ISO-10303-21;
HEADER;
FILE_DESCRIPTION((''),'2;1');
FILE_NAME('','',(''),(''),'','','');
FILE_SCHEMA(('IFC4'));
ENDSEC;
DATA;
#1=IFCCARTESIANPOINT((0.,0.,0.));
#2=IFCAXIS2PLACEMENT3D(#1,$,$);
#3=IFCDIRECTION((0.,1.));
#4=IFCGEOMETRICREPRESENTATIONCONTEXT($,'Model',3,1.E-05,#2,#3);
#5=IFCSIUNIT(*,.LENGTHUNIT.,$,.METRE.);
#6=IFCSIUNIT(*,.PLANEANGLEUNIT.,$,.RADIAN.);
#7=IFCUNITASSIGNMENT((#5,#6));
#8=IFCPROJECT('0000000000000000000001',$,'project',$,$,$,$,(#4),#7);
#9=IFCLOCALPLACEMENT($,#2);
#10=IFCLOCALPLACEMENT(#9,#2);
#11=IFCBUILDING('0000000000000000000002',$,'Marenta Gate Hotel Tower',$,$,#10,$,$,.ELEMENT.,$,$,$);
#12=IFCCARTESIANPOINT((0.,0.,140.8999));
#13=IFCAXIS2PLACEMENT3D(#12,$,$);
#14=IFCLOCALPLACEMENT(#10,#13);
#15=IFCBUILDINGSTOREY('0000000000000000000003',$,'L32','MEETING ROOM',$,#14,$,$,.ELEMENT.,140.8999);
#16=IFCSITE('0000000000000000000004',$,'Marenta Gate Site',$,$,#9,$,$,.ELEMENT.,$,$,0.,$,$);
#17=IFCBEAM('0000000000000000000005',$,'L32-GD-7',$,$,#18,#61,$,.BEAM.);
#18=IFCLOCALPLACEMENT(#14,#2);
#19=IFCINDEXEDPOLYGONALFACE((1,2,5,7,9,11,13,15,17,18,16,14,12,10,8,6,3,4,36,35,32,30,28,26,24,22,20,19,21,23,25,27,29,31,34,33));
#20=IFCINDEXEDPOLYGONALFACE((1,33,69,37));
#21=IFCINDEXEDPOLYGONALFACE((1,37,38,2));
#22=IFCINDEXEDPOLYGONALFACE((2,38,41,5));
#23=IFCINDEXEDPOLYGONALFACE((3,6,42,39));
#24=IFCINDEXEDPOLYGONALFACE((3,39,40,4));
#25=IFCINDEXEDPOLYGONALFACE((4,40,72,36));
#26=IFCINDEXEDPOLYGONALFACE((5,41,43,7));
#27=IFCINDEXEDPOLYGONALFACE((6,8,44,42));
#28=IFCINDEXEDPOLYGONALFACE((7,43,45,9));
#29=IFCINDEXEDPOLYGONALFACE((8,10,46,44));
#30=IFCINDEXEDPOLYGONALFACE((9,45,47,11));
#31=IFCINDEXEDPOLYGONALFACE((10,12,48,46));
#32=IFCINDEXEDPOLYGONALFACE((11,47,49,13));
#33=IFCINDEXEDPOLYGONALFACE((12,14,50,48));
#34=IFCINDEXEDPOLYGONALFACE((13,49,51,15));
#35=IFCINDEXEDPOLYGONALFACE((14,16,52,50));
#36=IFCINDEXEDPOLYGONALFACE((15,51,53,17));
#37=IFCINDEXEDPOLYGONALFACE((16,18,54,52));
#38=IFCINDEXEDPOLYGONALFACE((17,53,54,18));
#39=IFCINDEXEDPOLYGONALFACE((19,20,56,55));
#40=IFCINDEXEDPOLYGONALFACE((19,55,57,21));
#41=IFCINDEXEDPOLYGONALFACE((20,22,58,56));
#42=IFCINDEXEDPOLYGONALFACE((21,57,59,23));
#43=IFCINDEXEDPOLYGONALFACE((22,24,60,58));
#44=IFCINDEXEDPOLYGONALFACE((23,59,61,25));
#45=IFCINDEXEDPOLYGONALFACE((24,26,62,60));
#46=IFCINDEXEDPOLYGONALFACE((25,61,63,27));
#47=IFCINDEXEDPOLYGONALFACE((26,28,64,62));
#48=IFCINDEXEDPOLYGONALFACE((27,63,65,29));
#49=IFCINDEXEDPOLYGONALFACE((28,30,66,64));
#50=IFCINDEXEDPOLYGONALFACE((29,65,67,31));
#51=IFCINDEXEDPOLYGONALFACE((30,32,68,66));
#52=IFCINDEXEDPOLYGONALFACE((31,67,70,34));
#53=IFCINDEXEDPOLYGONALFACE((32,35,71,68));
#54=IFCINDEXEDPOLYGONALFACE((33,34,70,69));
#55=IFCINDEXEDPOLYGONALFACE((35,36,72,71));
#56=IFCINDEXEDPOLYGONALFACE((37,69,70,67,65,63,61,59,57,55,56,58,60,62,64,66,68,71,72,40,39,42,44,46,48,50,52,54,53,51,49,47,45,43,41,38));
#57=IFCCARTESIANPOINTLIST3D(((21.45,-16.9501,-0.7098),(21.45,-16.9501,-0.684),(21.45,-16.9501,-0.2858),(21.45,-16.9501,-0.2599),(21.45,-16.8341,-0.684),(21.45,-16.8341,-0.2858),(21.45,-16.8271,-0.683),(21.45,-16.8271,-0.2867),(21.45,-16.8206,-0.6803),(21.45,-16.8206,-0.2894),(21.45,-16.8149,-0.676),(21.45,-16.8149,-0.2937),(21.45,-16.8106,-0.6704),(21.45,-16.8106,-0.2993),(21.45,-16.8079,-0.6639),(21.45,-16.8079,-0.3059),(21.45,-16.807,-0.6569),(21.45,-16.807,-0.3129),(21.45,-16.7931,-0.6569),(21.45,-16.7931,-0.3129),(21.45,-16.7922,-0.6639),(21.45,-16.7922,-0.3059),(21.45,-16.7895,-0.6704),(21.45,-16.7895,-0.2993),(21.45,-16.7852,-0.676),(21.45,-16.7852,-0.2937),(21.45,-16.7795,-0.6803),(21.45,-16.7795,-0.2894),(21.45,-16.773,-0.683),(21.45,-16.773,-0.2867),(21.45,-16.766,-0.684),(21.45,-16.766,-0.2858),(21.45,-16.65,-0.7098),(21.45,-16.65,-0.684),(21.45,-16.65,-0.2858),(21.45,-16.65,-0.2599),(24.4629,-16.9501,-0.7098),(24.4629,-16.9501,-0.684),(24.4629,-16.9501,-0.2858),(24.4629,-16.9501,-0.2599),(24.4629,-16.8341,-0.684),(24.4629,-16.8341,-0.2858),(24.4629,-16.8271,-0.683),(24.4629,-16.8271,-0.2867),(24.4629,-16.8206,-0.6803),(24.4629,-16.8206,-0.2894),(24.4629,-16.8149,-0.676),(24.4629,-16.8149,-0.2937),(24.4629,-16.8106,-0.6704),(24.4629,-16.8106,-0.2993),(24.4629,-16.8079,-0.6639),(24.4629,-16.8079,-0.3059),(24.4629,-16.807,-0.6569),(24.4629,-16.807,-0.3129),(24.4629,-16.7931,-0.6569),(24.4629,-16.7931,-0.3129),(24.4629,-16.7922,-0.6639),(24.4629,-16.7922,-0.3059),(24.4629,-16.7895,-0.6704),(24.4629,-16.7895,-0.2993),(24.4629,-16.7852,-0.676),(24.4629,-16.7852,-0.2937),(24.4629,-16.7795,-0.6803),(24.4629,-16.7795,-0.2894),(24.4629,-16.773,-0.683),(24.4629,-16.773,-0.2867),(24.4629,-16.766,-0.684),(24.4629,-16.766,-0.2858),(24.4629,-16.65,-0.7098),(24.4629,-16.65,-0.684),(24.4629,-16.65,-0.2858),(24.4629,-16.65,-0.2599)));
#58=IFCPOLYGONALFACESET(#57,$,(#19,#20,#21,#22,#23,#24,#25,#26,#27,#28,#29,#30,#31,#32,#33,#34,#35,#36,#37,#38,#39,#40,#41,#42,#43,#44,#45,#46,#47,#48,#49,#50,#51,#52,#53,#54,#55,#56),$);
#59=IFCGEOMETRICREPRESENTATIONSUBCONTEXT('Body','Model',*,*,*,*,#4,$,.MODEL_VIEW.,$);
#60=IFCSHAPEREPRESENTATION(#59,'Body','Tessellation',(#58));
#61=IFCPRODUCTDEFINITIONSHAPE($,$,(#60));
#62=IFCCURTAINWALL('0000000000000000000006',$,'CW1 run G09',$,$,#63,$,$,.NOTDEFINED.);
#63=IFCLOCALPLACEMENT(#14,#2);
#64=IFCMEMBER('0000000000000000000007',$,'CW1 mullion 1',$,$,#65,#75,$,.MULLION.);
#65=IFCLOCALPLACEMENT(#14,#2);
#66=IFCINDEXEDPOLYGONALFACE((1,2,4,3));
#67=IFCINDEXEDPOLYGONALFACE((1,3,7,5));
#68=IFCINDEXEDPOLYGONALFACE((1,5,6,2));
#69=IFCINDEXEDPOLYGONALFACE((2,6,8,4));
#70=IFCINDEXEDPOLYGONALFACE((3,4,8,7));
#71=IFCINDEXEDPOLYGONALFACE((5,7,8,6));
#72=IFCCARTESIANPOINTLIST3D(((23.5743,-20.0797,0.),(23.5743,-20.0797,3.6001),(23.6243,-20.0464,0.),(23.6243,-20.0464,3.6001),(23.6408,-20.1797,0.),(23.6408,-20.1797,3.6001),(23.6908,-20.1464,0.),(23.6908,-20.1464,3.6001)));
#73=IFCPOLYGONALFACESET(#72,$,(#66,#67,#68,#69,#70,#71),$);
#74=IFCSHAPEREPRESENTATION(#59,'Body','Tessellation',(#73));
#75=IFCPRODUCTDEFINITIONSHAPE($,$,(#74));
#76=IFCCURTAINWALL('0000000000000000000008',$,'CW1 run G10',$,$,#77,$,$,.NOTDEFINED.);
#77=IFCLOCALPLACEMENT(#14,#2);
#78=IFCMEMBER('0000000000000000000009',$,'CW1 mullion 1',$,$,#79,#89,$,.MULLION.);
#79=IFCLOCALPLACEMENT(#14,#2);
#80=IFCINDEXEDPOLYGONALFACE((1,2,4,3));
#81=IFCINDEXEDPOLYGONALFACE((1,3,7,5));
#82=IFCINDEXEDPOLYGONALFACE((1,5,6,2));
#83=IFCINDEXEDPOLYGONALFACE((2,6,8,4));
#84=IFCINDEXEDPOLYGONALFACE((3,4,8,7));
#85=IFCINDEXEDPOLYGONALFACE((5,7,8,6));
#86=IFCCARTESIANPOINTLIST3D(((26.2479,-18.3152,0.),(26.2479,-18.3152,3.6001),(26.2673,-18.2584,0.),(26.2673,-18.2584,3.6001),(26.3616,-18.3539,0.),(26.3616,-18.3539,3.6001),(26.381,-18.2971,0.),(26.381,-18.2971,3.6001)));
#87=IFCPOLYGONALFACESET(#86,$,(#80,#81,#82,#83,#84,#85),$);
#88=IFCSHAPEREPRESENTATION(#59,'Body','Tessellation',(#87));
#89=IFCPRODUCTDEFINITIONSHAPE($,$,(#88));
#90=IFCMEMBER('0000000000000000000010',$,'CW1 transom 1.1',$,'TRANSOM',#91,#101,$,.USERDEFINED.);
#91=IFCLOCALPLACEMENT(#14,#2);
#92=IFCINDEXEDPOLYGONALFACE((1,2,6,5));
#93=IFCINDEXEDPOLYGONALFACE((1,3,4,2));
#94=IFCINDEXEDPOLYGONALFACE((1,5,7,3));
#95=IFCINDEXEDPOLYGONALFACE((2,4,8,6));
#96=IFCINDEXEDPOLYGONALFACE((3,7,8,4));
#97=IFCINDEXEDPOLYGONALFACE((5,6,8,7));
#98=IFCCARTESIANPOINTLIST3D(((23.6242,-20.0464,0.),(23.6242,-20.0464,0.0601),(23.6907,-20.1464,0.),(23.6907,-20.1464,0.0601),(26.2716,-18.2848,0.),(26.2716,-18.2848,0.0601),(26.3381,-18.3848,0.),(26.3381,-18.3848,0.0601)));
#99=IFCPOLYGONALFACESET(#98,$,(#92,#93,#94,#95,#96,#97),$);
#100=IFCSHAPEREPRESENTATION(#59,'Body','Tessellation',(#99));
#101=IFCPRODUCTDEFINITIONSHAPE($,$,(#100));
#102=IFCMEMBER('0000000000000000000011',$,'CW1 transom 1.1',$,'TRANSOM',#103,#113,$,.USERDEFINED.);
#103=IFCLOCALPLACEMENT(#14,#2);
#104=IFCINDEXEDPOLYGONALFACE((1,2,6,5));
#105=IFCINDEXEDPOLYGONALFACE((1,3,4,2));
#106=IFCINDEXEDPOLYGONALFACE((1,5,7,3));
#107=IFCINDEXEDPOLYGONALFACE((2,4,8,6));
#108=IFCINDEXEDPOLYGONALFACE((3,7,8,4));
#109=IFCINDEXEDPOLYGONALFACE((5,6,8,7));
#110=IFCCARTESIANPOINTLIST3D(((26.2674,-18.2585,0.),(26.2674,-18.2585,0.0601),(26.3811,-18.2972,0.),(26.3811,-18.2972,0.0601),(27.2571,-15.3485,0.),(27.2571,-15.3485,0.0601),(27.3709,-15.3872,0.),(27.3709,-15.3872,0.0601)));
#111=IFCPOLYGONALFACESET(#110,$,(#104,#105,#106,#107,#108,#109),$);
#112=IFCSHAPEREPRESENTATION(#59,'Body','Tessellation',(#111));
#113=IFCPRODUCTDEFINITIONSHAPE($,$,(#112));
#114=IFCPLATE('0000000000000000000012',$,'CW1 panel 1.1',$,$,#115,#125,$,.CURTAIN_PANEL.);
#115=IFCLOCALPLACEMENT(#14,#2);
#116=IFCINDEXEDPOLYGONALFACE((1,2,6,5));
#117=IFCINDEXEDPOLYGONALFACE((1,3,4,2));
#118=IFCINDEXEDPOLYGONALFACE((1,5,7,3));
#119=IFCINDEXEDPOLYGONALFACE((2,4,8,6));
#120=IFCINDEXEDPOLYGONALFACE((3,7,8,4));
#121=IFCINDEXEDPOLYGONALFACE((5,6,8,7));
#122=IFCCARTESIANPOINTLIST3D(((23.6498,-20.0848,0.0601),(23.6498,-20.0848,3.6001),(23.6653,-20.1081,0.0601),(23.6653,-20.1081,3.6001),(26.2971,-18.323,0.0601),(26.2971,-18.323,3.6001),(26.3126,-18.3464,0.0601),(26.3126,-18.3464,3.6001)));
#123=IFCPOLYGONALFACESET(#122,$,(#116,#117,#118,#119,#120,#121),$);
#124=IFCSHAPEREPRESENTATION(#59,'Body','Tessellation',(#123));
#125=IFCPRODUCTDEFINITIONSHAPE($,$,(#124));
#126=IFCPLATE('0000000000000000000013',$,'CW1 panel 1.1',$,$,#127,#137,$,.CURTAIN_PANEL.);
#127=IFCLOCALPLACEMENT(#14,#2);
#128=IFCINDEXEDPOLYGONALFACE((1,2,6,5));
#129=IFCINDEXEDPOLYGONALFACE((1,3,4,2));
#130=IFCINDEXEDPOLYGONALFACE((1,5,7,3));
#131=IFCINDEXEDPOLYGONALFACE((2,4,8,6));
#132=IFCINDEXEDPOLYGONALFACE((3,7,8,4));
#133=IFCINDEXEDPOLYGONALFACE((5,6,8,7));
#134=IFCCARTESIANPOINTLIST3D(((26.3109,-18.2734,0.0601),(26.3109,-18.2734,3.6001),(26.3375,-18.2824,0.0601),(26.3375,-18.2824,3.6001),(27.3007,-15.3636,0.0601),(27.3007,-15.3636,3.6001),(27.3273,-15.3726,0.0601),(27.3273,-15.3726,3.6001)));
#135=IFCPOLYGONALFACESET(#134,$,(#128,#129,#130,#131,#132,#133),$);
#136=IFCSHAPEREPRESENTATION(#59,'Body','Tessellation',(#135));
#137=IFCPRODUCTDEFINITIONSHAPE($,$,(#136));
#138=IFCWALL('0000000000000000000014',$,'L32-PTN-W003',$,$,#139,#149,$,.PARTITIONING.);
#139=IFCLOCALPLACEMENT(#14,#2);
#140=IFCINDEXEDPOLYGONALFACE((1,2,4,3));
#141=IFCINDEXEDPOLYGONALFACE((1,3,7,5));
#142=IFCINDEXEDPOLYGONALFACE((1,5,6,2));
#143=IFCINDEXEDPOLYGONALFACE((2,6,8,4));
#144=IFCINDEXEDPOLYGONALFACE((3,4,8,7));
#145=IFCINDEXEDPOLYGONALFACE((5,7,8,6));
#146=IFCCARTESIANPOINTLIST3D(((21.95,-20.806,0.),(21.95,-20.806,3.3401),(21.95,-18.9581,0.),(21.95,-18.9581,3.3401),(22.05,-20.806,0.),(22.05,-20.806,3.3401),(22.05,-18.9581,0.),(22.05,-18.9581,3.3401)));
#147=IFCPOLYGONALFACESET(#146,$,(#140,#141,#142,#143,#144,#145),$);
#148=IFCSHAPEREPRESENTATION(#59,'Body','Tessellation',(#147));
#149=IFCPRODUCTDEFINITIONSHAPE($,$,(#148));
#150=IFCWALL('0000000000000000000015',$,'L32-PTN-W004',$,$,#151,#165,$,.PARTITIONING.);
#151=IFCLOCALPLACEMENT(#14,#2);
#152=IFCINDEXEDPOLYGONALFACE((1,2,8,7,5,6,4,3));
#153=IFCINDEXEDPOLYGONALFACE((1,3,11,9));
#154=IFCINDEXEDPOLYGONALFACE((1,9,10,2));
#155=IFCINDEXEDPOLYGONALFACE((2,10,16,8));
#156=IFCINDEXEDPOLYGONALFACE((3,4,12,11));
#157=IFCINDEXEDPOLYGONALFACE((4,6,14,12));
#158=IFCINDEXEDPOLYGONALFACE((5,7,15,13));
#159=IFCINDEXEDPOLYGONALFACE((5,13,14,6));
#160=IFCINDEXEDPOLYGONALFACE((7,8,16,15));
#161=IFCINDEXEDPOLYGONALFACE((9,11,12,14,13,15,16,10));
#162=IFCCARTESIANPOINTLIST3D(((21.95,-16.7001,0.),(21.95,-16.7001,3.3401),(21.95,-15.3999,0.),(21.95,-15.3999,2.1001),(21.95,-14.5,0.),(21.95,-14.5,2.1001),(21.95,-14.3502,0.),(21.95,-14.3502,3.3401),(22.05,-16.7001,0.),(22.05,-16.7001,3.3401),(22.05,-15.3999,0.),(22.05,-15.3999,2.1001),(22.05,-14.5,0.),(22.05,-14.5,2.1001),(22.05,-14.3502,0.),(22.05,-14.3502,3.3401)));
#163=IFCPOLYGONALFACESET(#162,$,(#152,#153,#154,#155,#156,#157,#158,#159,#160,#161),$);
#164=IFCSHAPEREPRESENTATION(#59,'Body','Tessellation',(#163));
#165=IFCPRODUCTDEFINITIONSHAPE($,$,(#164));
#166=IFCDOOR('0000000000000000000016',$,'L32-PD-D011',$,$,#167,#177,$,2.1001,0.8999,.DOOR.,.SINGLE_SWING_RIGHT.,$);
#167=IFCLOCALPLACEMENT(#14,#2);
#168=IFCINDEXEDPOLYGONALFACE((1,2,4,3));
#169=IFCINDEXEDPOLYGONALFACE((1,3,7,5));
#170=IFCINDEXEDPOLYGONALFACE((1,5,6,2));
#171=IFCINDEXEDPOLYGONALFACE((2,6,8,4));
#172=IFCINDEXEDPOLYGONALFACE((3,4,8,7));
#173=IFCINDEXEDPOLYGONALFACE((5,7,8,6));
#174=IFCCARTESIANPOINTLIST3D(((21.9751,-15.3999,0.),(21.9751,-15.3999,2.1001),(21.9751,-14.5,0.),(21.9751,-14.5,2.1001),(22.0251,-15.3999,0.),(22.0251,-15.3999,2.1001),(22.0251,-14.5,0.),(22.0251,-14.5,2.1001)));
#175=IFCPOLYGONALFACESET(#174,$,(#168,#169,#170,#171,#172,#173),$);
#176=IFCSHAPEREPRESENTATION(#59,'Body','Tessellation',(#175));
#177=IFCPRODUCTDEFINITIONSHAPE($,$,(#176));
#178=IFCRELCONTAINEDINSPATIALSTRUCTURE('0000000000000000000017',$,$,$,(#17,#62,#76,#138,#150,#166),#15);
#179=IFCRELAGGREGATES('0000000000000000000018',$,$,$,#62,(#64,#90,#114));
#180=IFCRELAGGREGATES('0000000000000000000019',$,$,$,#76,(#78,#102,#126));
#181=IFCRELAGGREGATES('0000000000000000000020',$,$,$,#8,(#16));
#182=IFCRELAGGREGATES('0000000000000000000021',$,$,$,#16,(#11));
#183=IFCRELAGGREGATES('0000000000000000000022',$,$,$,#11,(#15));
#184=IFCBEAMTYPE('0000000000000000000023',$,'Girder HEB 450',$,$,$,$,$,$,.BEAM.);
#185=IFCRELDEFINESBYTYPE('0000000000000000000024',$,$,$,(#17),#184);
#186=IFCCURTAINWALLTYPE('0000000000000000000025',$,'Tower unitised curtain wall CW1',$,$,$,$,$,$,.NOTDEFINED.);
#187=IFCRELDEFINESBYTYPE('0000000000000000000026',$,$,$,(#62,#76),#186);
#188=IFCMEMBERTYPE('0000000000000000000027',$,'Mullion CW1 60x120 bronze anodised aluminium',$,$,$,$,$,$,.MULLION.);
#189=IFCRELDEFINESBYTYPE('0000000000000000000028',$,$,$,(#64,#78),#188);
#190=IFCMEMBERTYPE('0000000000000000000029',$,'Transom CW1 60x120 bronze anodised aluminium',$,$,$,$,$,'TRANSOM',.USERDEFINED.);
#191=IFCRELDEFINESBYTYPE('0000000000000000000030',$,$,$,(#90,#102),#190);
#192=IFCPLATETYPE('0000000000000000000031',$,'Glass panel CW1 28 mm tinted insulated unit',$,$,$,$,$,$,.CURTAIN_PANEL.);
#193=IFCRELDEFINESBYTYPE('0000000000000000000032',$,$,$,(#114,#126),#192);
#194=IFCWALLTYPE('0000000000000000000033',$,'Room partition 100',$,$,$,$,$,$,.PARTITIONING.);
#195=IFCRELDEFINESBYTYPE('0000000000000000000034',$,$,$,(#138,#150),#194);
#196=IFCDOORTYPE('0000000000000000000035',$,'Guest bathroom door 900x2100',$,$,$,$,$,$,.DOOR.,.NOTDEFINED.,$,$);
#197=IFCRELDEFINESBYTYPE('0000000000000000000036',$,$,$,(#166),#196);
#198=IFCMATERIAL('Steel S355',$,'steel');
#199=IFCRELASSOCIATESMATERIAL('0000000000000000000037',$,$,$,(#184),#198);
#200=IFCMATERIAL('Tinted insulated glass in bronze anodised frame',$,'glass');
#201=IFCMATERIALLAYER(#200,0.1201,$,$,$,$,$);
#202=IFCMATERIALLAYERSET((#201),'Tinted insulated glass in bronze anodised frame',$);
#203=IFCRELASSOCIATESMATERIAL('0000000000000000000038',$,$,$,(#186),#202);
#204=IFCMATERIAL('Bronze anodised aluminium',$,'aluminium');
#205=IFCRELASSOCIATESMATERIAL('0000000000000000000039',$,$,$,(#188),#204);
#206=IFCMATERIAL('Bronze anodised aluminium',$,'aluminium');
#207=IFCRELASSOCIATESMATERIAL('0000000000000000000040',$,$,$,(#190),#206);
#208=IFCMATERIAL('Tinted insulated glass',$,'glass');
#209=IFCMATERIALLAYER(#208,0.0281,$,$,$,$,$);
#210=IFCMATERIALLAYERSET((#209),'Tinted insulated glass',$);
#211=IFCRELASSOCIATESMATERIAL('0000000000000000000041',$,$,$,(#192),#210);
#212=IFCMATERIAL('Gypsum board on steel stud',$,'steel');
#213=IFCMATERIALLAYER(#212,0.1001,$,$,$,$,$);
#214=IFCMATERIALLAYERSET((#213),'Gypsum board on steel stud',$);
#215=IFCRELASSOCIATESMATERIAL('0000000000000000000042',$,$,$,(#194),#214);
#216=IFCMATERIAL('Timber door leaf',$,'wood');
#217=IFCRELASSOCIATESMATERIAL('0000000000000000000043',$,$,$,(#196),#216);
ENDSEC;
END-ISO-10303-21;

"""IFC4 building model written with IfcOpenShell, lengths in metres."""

from ifc_helpers import new_model, si_unit, direction, frame, frame_2d, origin, origin_2d, place, context, subcontext, project, spatial, rectangle, i_section, extrude, material, layer, layer_set, material_profile, profile_set, type_object, element, fill, aggregate, save


model = new_model("IFC4")

# Units and contexts
model_context = context("Model", 3, precision=1e-05, world=origin(), true_north=direction((0.0, 1.0)))
body_context = subcontext(model_context, "Body", "Model", "MODEL_VIEW")
ifc_project = project(units=[si_unit("LENGTHUNIT", "METRE"), si_unit("PLANEANGLEUNIT", "RADIAN")], contexts=[model_context])

# Site, building, storey
site_placement = place(None, origin())
site = spatial("IfcSite", under=ifc_project, at=site_placement, Name="Marenta Gate Site", CompositionType="ELEMENT", RefElevation=0.0)
building_placement = place(site_placement, origin())
building = spatial("IfcBuilding", under=site, at=building_placement, Name="Marenta Gate Hotel Tower", CompositionType="ELEMENT")
storey_placement = place(building_placement, frame((0.0, 0.0, 140.8999)))
storey = spatial("IfcBuildingStorey", under=building, at=storey_placement, Name="L32", Description="MEETING ROOM", CompositionType="ELEMENT", Elevation=140.8999)

# Beam
ifc_material_1 = material(Name="Steel S355", Category="steel")
ifc_material_profile_1 = material_profile(ifc_material_1, i_section(OverallWidth=0.3, OverallDepth=0.45, WebThickness=0.0139, FlangeThickness=0.0259, FilletRadius=0.0271, at=origin_2d()), Name="HEB 450")
ifc_profile_set_1 = profile_set([ifc_material_profile_1], Name="Steel S355")
beam_type_1 = type_object("IfcBeamType", Name="Girder HEB 450", PredefinedType="BEAM", material=ifc_profile_set_1)
beam_1_placement = place(storey_placement, frame((21.45, -16.8, -0.4849), z_axis=(1.0, 0.0, 0.0), x_axis=(0.0, 1.0, 0.0)))
element("IfcBeam", 1, at=beam_1_placement, inside=storey, type_object=beam_type_1, Name="L32-GD-7", PredefinedType="BEAM", context=body_context, shape_type="SweptSolid", body=[
    extrude(i_section(OverallWidth=0.3, OverallDepth=0.45, WebThickness=0.0139, FlangeThickness=0.0259, FilletRadius=0.0271, at=origin_2d()), origin(), (0.0, 0.0, 1.0), 3.0129),
])

# Curtain walls, members
ifc_material_2 = material(Name="Tinted insulated glass in bronze anodised frame", Category="glass")
ifc_layer_1 = layer(ifc_material_2, 0.1201)
ifc_layer_set_1 = layer_set([ifc_layer_1], Name="Tinted insulated glass in bronze anodised frame")
curtain_wall_type = type_object("IfcCurtainWallType", Name="Tower unitised curtain wall CW1", PredefinedType="NOTDEFINED", material=ifc_layer_set_1)
curtain_wall_1_placement = place(storey_placement, origin())
curtain_wall_1 = element("IfcCurtainWall", 2, at=curtain_wall_1_placement, inside=storey, type_object=curtain_wall_type, Name="CW1 run G09", PredefinedType="NOTDEFINED")
ifc_material_3 = material(Name="Bronze anodised aluminium", Category="aluminium")
ifc_material_profile_2 = material_profile(ifc_material_3, rectangle(XDim=0.1201, YDim=0.0601, at=origin_2d()), Name="Mullion CW1 60x120 bronze anodised aluminium")
ifc_profile_set_2 = profile_set([ifc_material_profile_2], Name="Bronze anodised aluminium")
member_type_1 = type_object("IfcMemberType", Name="Mullion CW1 60x120 bronze anodised aluminium", PredefinedType="MULLION", material=ifc_profile_set_2)
member_1_placement = place(storey_placement, frame((23.6326, -20.113, 0.0), z_axis=(0.0, 0.0, 1.0), x_axis=(-0.554016, 0.832506, 0.0)))
member_1 = element("IfcMember", 3, at=member_1_placement, type_object=member_type_1, Name="CW1 mullion 1", PredefinedType="MULLION", context=body_context, shape_type="SweptSolid", body=[
    extrude(rectangle(XDim=0.1201, YDim=0.0601, at=origin_2d()), origin(), (0.0, 0.0, 1.0), 3.6001),
])
curtain_wall_2_placement = place(storey_placement, origin())
curtain_wall_2 = element("IfcCurtainWall", 4, at=curtain_wall_2_placement, inside=storey, type_object=curtain_wall_type, Name="CW1 run G10", PredefinedType="NOTDEFINED")
member_2_placement = place(storey_placement, frame((26.3145, -18.3062, 0.0), z_axis=(0.0, 0.0, 1.0), x_axis=(-0.946728, 0.322033, 0.0)))
member_2 = element("IfcMember", 5, at=member_2_placement, type_object=member_type_1, Name="CW1 mullion 1", PredefinedType="MULLION", context=body_context, shape_type="SweptSolid", body=[
    extrude(rectangle(XDim=0.1201, YDim=0.0601, at=origin_2d()), origin(), (0.0, 0.0, 1.0), 3.6001),
])

# Members
ifc_material_4 = material(Name="Bronze anodised aluminium", Category="aluminium")
ifc_material_profile_3 = material_profile(ifc_material_4, rectangle(XDim=0.1201, YDim=0.0601, at=origin_2d()), Name="Transom CW1 60x120 bronze anodised aluminium")
ifc_profile_set_3 = profile_set([ifc_material_profile_3], Name="Bronze anodised aluminium")
member_type_2 = type_object("IfcMemberType", Name="Transom CW1 60x120 bronze anodised aluminium", ElementType="TRANSOM", PredefinedType="USERDEFINED", material=ifc_profile_set_3)
member_3_placement = place(storey_placement, frame((23.6575, -20.0964, 0.03), z_axis=(0.832522, 0.553991, 0.0), x_axis=(-0.553991, 0.832522, 0.0)))
member_3 = element("IfcMember", 6, at=member_3_placement, type_object=member_type_2, Name="CW1 transom 1.1", ObjectType="TRANSOM", PredefinedType="USERDEFINED", context=body_context, shape_type="SweptSolid", body=[
    extrude(rectangle(XDim=0.1201, YDim=0.0601, at=origin_2d()), origin(), (0.0, 0.0, 1.0), 3.1799),
])
member_4_placement = place(storey_placement, frame((26.3242, -18.2778, 0.03), z_axis=(0.322012, 0.946735, 0.0), x_axis=(-0.946735, 0.322012, 0.0)))
member_4 = element("IfcMember", 7, at=member_4_placement, type_object=member_type_2, Name="CW1 transom 1.1", ObjectType="TRANSOM", PredefinedType="USERDEFINED", context=body_context, shape_type="SweptSolid", body=[
    extrude(rectangle(XDim=0.1201, YDim=0.0601, at=origin_2d()), origin(), (0.0, 0.0, 1.0), 3.0737),
])

# Plates
ifc_material_5 = material(Name="Tinted insulated glass", Category="glass")
ifc_layer_2 = layer(ifc_material_5, 0.0281)
ifc_layer_set_2 = layer_set([ifc_layer_2], Name="Tinted insulated glass")
plate_type = type_object("IfcPlateType", Name="Glass panel CW1 28 mm tinted insulated unit", PredefinedType="CURTAIN_PANEL", material=ifc_layer_set_2)
plate_1_placement = place(storey_placement, frame((24.9812, -19.2156, 0.0601), z_axis=(0.0, 0.0, 1.0), x_axis=(0.832506, 0.554016, 0.0)))
plate_1 = element("IfcPlate", 8, at=plate_1_placement, type_object=plate_type, Name="CW1 panel 1.1", PredefinedType="CURTAIN_PANEL", context=body_context, shape_type="SweptSolid", body=[
    extrude(rectangle(XDim=3.1799, YDim=0.0281, at=origin_2d()), origin(), (0.0, 0.0, 1.0), 3.54),
])
aggregate(curtain_wall_1, [member_1, member_3, plate_1])
plate_2_placement = place(storey_placement, frame((26.8191, -16.823, 0.0601), z_axis=(0.0, 0.0, 1.0), x_axis=(0.322033, 0.946728, 0.0)))
plate_2 = element("IfcPlate", 9, at=plate_2_placement, type_object=plate_type, Name="CW1 panel 1.1", PredefinedType="CURTAIN_PANEL", context=body_context, shape_type="SweptSolid", body=[
    extrude(rectangle(XDim=3.0735, YDim=0.0281, at=origin_2d()), origin(), (0.0, 0.0, 1.0), 3.54),
])
aggregate(curtain_wall_2, [member_2, member_4, plate_2])

# Wall
ifc_material_6 = material(Name="Gypsum board on steel stud", Category="steel")
ifc_layer_3 = layer(ifc_material_6, 0.1001)
ifc_layer_set_3 = layer_set([ifc_layer_3], Name="Gypsum board on steel stud")
wall_type_1 = type_object("IfcWallType", Name="Room partition 100", PredefinedType="PARTITIONING", material=ifc_layer_set_3)
wall_1_placement = place(storey_placement, frame((22.0, -20.8059, 0.0), z_axis=(0.0, 0.0, 1.0), x_axis=(0.0, 1.0, 0.0)))
element("IfcWall", 10, at=wall_1_placement, inside=storey, type_object=wall_type_1, Name="L32-PTN-W003", PredefinedType="PARTITIONING", context=body_context, shape_type="SweptSolid", body=[
    extrude(rectangle(XDim=1.8479, YDim=0.1001, at=frame_2d((0.9238, 0.0))), origin(), (0.0, 0.0, 1.0), 3.3401),
])

# Wall, opening, door
wall_2_placement = place(storey_placement, frame((22.0, -16.7, 0.0), z_axis=(0.0, 0.0, 1.0), x_axis=(0.0, 1.0, 0.0)))
wall_2 = element("IfcWall", 11, at=wall_2_placement, inside=storey, type_object=wall_type_1, Name="L32-PTN-W004", PredefinedType="PARTITIONING", context=body_context, shape_type="SweptSolid", body=[
    extrude(rectangle(XDim=2.3499, YDim=0.1001, at=frame_2d((1.1748, 0.0))), origin(), (0.0, 0.0, 1.0), 3.3401),
])
opening_placement = place(wall_2_placement, frame((1.3, 0.0, 0.0)))
opening = element("IfcOpeningElement", 12, at=opening_placement, cuts=wall_2, PredefinedType="OPENING", context=body_context, shape_type="SweptSolid", body=[
    extrude(rectangle(XDim=0.8999, YDim=2.1001, at=frame_2d((0.45, 1.05))), frame((0.0, 0.05, 0.0), z_axis=(0.0, -1.0, 0.0), x_axis=(1.0, 0.0, 0.0)), (0.0, 0.0, 1.0), 0.1001),
])
ifc_material_7 = material(Name="Timber door leaf", Category="wood")
door_type = type_object("IfcDoorType", Name="Guest bathroom door 900x2100", OperationType="NOTDEFINED", PredefinedType="DOOR", material=ifc_material_7)
door_placement = place(opening_placement, origin())
door = element("IfcDoor", 13, at=door_placement, inside=storey, type_object=door_type, Name="L32-PD-D011", OperationType="SINGLE_SWING_RIGHT", OverallHeight=2.1001, OverallWidth=0.8999, PredefinedType="DOOR", context=body_context, shape_type="SweptSolid", body=[
    extrude(rectangle(XDim=0.8999, YDim=2.1001, at=frame_2d((0.45, 1.05))), frame((0.0, 0.0249, 0.0), z_axis=(0.0, -1.0, 0.0), x_axis=(1.0, 0.0, 0.0)), (0.0, 0.0, 1.0), 0.05),
])
fill(opening, door)

save(model, "model.ifc")
